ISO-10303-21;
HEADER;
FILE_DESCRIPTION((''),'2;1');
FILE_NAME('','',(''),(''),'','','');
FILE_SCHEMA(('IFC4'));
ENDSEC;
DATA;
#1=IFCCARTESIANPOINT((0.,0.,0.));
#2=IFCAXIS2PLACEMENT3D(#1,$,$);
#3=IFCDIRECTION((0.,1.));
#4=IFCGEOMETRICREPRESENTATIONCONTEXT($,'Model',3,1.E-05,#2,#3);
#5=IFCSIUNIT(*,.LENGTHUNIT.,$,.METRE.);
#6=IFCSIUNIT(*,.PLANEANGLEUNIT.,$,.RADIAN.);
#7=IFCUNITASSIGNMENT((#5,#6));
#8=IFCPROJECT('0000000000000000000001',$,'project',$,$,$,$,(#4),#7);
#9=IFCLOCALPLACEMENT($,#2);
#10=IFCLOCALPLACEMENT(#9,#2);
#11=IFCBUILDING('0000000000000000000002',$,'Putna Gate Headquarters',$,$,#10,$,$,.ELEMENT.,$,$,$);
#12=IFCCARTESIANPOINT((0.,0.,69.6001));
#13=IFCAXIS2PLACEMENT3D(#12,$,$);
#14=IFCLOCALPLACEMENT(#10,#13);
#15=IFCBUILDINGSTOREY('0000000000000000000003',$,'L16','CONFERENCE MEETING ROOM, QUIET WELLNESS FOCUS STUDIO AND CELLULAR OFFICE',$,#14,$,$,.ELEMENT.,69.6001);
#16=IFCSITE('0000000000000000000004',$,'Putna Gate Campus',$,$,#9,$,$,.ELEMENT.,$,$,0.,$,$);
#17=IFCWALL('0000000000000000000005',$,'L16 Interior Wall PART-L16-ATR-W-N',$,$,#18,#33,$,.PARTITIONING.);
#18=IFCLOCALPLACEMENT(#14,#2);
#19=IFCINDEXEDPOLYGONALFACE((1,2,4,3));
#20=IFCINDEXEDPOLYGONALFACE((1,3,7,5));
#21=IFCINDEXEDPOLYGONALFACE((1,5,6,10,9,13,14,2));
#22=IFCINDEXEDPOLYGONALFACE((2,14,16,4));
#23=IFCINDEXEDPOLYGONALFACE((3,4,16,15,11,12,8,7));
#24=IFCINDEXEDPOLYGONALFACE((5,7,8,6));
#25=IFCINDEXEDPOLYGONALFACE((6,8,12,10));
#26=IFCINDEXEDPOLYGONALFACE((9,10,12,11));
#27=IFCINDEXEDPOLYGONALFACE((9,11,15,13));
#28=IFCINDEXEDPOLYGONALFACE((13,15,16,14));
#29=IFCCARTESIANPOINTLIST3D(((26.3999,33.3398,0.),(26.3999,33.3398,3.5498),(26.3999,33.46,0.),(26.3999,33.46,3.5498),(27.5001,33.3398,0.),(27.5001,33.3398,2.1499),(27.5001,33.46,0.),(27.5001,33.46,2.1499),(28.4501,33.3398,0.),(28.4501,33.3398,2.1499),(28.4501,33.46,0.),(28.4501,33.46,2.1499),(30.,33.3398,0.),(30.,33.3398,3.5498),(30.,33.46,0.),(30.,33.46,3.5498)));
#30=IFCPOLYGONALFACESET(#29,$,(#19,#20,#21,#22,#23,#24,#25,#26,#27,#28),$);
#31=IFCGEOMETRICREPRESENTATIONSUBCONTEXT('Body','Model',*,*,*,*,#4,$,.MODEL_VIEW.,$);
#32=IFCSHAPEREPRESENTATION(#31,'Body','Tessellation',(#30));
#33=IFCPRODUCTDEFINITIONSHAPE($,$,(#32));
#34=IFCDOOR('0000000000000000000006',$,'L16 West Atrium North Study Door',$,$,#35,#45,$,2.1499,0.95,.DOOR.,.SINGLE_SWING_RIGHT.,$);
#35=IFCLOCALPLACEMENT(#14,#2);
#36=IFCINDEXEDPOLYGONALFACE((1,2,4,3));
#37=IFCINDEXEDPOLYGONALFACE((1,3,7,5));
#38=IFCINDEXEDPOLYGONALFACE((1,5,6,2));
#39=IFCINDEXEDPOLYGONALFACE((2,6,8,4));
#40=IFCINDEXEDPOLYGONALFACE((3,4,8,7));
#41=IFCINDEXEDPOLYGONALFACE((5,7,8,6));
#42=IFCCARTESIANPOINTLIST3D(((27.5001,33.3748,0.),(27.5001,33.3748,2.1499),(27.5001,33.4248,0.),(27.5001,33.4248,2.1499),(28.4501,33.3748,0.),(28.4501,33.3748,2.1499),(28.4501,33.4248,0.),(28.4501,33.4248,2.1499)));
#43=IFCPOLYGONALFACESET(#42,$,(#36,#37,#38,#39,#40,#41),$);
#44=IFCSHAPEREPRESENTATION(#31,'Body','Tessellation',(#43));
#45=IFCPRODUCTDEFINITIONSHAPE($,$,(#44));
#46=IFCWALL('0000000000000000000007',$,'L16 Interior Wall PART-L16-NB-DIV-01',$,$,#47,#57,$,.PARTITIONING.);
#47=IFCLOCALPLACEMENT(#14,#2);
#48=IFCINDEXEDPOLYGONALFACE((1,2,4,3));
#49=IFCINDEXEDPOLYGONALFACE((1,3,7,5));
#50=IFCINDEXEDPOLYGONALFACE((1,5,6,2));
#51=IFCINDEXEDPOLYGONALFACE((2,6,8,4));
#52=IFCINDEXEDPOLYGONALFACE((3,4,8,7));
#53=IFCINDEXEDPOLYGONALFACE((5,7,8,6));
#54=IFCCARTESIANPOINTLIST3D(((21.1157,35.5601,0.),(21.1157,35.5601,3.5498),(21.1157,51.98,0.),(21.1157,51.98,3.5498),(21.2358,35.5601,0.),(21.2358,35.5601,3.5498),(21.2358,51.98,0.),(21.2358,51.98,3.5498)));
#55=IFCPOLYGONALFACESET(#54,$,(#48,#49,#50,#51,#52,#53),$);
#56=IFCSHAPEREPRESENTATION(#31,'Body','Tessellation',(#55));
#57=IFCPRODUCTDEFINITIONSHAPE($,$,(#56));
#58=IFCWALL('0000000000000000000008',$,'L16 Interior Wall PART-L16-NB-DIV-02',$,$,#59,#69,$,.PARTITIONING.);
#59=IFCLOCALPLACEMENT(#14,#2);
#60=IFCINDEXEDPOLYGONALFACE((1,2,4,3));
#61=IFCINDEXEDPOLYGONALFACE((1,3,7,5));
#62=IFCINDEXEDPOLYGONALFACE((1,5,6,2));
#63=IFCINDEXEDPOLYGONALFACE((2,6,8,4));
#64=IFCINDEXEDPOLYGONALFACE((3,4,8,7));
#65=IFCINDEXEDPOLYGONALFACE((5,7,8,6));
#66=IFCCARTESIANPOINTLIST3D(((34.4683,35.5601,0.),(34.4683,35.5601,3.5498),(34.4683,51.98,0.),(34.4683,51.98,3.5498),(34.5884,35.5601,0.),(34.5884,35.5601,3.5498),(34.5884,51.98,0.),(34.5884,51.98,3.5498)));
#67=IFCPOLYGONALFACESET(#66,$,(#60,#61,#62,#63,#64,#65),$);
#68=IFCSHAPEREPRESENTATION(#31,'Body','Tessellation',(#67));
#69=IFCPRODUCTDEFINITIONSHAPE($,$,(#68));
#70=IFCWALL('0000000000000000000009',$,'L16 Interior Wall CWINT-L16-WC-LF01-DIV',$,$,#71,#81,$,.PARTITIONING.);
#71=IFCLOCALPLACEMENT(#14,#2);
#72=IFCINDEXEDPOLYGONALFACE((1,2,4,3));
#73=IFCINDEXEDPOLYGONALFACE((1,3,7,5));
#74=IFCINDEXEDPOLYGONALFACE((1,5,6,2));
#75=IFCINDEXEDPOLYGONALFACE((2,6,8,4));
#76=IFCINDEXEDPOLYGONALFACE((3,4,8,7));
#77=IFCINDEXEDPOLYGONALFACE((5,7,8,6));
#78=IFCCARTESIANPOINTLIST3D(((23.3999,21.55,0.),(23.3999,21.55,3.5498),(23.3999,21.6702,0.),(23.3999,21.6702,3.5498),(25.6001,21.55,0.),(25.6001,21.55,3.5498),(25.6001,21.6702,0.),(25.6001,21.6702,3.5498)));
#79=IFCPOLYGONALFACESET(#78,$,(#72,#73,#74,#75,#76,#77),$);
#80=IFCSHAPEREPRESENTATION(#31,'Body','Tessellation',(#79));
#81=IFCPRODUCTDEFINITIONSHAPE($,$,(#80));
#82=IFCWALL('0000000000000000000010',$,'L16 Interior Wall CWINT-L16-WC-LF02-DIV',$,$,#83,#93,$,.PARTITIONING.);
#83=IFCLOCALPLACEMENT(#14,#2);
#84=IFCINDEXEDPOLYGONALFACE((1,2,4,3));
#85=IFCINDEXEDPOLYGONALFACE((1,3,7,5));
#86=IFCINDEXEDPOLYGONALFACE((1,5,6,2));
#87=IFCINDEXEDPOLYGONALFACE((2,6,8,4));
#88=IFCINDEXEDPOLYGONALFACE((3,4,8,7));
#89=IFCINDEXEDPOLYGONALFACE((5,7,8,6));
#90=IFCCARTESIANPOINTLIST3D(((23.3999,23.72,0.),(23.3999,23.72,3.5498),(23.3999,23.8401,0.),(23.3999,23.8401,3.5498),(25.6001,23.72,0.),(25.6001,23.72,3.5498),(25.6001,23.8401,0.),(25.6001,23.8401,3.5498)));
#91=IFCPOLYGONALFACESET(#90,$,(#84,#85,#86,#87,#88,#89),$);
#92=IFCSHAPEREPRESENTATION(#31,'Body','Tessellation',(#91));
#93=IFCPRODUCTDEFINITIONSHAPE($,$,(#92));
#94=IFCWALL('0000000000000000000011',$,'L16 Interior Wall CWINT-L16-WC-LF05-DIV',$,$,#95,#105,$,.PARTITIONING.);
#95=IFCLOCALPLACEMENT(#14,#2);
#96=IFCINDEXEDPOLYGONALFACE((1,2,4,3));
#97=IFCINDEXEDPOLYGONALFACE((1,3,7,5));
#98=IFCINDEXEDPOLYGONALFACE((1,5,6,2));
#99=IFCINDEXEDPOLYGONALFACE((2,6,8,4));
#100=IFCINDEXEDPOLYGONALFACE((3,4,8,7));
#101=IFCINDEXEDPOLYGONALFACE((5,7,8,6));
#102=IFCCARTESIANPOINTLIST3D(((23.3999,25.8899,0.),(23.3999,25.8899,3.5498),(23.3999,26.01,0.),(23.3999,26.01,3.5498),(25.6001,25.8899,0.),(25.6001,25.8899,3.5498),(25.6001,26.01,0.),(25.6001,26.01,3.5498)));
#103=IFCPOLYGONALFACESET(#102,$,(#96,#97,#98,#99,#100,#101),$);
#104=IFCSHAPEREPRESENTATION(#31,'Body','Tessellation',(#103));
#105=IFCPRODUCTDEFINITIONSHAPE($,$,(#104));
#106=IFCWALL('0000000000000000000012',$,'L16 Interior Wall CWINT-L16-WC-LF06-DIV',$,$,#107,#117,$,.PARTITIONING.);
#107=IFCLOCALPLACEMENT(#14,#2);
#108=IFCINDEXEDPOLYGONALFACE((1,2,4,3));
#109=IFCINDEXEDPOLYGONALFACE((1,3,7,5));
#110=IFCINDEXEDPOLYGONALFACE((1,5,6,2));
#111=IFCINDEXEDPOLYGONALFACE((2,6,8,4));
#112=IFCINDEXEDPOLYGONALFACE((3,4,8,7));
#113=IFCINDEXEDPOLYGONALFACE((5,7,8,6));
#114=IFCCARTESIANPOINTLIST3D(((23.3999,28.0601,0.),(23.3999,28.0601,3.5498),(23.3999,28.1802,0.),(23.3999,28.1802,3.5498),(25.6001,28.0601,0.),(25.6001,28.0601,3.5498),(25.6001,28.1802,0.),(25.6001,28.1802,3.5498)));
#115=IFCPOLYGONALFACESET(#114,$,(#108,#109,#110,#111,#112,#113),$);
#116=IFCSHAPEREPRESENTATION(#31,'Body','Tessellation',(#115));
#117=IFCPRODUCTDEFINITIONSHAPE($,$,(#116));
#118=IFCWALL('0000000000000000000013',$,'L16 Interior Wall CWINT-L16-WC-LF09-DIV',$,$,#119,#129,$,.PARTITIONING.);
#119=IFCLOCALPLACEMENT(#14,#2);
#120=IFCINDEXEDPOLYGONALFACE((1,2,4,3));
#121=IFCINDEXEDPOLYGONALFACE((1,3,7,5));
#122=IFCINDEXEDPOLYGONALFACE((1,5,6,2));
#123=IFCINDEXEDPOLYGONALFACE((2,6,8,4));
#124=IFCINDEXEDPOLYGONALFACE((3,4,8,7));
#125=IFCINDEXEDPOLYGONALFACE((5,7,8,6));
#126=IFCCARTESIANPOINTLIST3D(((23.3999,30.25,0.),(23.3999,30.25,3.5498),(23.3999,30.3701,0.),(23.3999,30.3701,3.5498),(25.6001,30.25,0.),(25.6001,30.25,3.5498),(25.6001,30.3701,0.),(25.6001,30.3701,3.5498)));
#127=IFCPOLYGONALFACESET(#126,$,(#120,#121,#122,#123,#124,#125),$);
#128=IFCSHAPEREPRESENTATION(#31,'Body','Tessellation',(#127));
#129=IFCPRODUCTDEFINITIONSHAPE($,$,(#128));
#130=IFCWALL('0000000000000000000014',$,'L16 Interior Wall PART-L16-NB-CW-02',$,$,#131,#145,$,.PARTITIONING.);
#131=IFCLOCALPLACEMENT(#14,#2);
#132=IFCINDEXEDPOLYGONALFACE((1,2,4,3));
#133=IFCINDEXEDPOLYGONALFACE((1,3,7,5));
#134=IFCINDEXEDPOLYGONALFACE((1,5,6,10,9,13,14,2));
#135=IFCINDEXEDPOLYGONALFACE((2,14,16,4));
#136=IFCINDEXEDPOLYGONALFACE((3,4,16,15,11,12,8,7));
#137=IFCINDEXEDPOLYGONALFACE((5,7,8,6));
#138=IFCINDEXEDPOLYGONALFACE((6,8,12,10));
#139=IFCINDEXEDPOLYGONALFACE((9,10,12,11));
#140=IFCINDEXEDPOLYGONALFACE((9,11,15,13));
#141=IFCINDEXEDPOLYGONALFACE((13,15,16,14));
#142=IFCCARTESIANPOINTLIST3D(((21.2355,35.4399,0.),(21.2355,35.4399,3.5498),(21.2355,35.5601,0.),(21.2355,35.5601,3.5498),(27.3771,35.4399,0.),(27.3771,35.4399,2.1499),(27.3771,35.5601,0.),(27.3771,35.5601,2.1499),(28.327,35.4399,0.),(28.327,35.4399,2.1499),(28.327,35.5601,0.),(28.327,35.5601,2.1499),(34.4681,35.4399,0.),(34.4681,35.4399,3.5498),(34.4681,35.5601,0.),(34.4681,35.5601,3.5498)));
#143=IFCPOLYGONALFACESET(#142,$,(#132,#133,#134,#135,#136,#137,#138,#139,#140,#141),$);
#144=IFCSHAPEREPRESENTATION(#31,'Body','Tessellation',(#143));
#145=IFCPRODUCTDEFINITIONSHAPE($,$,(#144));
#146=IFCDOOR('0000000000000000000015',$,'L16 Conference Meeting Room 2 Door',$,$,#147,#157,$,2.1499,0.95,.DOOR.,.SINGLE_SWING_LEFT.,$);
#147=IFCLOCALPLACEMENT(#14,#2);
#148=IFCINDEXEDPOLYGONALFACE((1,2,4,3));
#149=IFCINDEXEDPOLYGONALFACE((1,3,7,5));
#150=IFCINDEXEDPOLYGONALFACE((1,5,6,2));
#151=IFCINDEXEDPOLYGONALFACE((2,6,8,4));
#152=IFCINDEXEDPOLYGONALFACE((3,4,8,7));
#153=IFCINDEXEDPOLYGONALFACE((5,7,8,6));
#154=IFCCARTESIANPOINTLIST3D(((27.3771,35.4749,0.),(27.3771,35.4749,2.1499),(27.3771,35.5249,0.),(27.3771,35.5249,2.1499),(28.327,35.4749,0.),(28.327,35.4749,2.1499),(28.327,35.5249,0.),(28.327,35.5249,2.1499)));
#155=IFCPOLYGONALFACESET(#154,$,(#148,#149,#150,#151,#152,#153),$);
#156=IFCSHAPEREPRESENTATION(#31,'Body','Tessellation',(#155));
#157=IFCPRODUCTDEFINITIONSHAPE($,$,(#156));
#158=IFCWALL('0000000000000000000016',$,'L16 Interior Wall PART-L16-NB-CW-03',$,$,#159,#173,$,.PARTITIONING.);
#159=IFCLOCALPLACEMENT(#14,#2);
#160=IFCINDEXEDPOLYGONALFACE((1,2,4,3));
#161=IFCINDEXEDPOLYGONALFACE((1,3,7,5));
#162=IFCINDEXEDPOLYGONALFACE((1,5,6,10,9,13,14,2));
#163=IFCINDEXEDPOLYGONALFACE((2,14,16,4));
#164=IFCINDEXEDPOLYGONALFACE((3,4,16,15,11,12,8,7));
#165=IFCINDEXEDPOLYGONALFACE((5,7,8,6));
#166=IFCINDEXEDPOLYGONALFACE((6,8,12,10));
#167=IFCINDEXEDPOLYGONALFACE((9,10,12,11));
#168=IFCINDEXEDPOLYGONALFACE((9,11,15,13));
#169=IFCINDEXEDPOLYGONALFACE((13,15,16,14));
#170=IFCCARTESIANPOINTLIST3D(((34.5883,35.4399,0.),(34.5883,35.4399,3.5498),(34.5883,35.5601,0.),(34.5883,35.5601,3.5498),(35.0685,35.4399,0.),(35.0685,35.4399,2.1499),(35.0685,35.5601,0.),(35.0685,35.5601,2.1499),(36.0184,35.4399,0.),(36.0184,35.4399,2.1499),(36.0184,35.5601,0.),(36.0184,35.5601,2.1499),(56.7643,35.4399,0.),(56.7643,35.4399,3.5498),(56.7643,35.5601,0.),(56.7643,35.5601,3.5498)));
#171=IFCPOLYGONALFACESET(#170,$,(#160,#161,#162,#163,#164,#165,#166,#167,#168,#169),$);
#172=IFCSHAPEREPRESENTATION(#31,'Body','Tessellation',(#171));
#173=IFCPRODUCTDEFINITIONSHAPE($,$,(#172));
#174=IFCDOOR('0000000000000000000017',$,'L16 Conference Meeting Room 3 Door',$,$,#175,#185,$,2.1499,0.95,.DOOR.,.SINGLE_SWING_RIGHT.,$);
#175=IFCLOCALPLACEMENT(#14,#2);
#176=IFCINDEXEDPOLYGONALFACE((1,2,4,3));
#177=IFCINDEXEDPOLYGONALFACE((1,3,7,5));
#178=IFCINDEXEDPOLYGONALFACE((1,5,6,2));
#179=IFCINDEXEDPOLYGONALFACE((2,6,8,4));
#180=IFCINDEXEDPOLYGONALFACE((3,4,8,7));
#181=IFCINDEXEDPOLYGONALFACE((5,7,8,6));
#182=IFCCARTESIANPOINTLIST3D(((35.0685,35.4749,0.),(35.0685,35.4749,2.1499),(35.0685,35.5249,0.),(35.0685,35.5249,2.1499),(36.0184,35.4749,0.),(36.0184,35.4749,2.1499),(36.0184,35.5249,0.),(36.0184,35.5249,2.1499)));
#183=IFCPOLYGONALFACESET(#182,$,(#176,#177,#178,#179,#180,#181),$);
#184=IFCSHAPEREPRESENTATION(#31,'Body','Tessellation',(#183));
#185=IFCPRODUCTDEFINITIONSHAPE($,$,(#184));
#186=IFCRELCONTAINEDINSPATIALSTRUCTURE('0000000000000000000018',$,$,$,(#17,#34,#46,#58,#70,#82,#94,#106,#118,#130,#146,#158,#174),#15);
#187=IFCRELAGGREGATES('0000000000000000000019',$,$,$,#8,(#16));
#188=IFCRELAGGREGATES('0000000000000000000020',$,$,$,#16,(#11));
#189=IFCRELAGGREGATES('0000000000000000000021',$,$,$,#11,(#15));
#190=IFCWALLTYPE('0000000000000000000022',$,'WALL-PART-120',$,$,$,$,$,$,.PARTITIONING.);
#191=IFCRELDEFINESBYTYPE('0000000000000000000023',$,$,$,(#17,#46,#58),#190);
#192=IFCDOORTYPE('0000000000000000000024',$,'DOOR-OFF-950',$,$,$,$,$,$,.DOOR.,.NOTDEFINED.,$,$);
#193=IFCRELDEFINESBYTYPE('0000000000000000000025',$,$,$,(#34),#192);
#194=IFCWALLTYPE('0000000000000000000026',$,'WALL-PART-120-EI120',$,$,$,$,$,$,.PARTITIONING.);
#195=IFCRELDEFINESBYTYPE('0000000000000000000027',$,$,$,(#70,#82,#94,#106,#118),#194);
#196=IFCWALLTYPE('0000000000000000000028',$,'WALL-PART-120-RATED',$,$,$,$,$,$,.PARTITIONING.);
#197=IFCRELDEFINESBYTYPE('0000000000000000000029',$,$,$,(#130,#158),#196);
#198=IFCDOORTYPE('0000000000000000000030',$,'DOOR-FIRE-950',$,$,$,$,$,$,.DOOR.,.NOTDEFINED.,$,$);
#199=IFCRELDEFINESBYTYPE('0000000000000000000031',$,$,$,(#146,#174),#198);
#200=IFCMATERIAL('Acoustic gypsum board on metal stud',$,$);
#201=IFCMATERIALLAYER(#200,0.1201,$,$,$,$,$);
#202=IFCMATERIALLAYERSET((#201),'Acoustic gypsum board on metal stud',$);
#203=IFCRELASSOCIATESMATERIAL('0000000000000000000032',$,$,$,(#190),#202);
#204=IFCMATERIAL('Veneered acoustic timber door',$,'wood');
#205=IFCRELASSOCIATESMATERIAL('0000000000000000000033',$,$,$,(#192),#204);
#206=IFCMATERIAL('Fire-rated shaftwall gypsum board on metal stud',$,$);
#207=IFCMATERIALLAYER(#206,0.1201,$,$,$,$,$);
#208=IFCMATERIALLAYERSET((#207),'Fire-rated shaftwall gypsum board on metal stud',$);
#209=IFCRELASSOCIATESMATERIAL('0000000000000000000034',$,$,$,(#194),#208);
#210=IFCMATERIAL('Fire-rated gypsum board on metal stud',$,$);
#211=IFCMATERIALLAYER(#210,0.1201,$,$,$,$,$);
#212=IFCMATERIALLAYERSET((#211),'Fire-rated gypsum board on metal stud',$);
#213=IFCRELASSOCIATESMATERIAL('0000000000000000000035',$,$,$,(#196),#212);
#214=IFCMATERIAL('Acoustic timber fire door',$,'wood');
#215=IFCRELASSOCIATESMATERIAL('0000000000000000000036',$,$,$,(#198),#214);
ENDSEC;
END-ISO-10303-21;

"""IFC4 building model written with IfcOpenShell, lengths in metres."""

from ifc_helpers import new_model, si_unit, direction, frame, frame_2d, origin, place, context, subcontext, project, spatial, rectangle, extrude, material, layer, layer_set, type_object, element, fill, save


model = new_model("IFC4")

# Units and contexts
model_context = context("Model", 3, precision=1e-05, world=origin(), true_north=direction((0.0, 1.0)))
body_context = subcontext(model_context, "Body", "Model", "MODEL_VIEW")
ifc_project = project(units=[si_unit("LENGTHUNIT", "METRE"), si_unit("PLANEANGLEUNIT", "RADIAN")], contexts=[model_context])

# Site, building, storey
site_placement = place(None, origin())
site = spatial("IfcSite", under=ifc_project, at=site_placement, Name="Putna Gate Campus", CompositionType="ELEMENT", RefElevation=0.0)
building_placement = place(site_placement, origin())
building = spatial("IfcBuilding", under=site, at=building_placement, Name="Putna Gate Headquarters", CompositionType="ELEMENT")
storey_placement = place(building_placement, frame((0.0, 0.0, 69.6001)))
storey = spatial("IfcBuildingStorey", under=building, at=storey_placement, Name="L16", Description="CONFERENCE MEETING ROOM, QUIET WELLNESS FOCUS STUDIO AND CELLULAR OFFICE", CompositionType="ELEMENT", Elevation=69.6001)

# Shared definitions
ifc_material_1 = material(Name="Acoustic gypsum board on metal stud")
ifc_layer_1 = layer(ifc_material_1, 0.1201)
ifc_layer_set_1 = layer_set([ifc_layer_1], Name="Acoustic gypsum board on metal stud")
wall_type_1 = type_object("IfcWallType", Name="WALL-PART-120", PredefinedType="PARTITIONING", material=ifc_layer_set_1)

# Wall, opening, door
wall_1_placement = place(storey_placement, frame((26.3999, 33.3999, 0.0), z_axis=(0.0, 0.0, 1.0), x_axis=(1.0, 0.0, 0.0)))
wall_1 = element("IfcWall", 1, at=wall_1_placement, inside=storey, type_object=wall_type_1, Name="L16 Interior Wall PART-L16-ATR-W-N", PredefinedType="PARTITIONING", context=body_context, shape_type="SweptSolid", body=[
    extrude(rectangle(XDim=3.6001, YDim=0.1201, at=frame_2d((1.8, 0.0))), origin(), (0.0, 0.0, 1.0), 3.5498),
])
opening_1_placement = place(wall_1_placement, frame((1.1001, 0.0, 0.0)))
opening_1 = element("IfcOpeningElement", 2, at=opening_1_placement, cuts=wall_1, PredefinedType="OPENING", context=body_context, shape_type="SweptSolid", body=[
    extrude(rectangle(XDim=0.95, YDim=2.1499, at=frame_2d((0.4751, 1.075))), frame((0.0, 0.0701, 0.0), z_axis=(0.0, -1.0, 0.0), x_axis=(1.0, 0.0, 0.0)), (0.0, 0.0, 1.0), 0.1401),
])
ifc_material_2 = material(Name="Veneered acoustic timber door", Category="wood")
door_type_1 = type_object("IfcDoorType", Name="DOOR-OFF-950", OperationType="NOTDEFINED", PredefinedType="DOOR", material=ifc_material_2)
door_1_placement = place(opening_1_placement, origin())
door_1 = element("IfcDoor", 3, at=door_1_placement, inside=storey, type_object=door_type_1, Name="L16 West Atrium North Study Door", OperationType="SINGLE_SWING_RIGHT", OverallHeight=2.1499, OverallWidth=0.95, PredefinedType="DOOR", context=body_context, shape_type="SweptSolid", body=[
    extrude(rectangle(XDim=0.95, YDim=2.1499, at=frame_2d((0.4751, 1.075))), frame((0.0, 0.0249, 0.0), z_axis=(0.0, -1.0, 0.0), x_axis=(1.0, 0.0, 0.0)), (0.0, 0.0, 1.0), 0.05),
])
fill(opening_1, door_1)

# Walls
for number, where, z_axis, x_axis, name in (
    (4, (21.1758, 35.5601, 0.0), (0.0, 0.0, 1.0), (0.0, 1.0, 0.0), "L16 Interior Wall PART-L16-NB-DIV-01"),
    (5, (34.5283, 35.5601, 0.0), (0.0, 0.0, 1.0), (0.0, 1.0, 0.0), "L16 Interior Wall PART-L16-NB-DIV-02"),
):
    element("IfcWall", number, at=place(storey_placement, frame(where, z_axis=z_axis, x_axis=x_axis)), inside=storey, type_object=wall_type_1, Name=name, PredefinedType="PARTITIONING", context=body_context, shape_type="SweptSolid", body=[
        extrude(rectangle(XDim=16.4199, YDim=0.1201, at=frame_2d((8.21, 0.0))), origin(), (0.0, 0.0, 1.0), 3.5498),
    ])
ifc_material_3 = material(Name="Fire-rated shaftwall gypsum board on metal stud")
ifc_layer_2 = layer(ifc_material_3, 0.1201)
ifc_layer_set_2 = layer_set([ifc_layer_2], Name="Fire-rated shaftwall gypsum board on metal stud")
wall_type_2 = type_object("IfcWallType", Name="WALL-PART-120-EI120", PredefinedType="PARTITIONING", material=ifc_layer_set_2)
for number, where, z_axis, x_axis, name in (
    (6, (23.3999, 21.6101, 0.0), (0.0, 0.0, 1.0), (1.0, 0.0, 0.0), "L16 Interior Wall CWINT-L16-WC-LF01-DIV"),
    (7, (23.3999, 23.78, 0.0), (0.0, 0.0, 1.0), (1.0, 0.0, 0.0), "L16 Interior Wall CWINT-L16-WC-LF02-DIV"),
    (8, (23.3999, 25.95, 0.0), (0.0, 0.0, 1.0), (1.0, 0.0, 0.0), "L16 Interior Wall CWINT-L16-WC-LF05-DIV"),
    (9, (23.3999, 28.1201, 0.0), (0.0, 0.0, 1.0), (1.0, 0.0, 0.0), "L16 Interior Wall CWINT-L16-WC-LF06-DIV"),
    (10, (23.3999, 30.3101, 0.0), (0.0, 0.0, 1.0), (1.0, 0.0, 0.0), "L16 Interior Wall CWINT-L16-WC-LF09-DIV"),
):
    element("IfcWall", number, at=place(storey_placement, frame(where, z_axis=z_axis, x_axis=x_axis)), inside=storey, type_object=wall_type_2, Name=name, PredefinedType="PARTITIONING", context=body_context, shape_type="SweptSolid", body=[
        extrude(rectangle(XDim=2.2002, YDim=0.1201, at=frame_2d((1.1001, 0.0))), origin(), (0.0, 0.0, 1.0), 3.5498),
    ])

# Walls, openings, doors
ifc_material_4 = material(Name="Fire-rated gypsum board on metal stud")
ifc_layer_3 = layer(ifc_material_4, 0.1201)
ifc_layer_set_3 = layer_set([ifc_layer_3], Name="Fire-rated gypsum board on metal stud")
wall_type_3 = type_object("IfcWallType", Name="WALL-PART-120-RATED", PredefinedType="PARTITIONING", material=ifc_layer_set_3)
wall_2_placement = place(storey_placement, frame((21.2356, 35.5, 0.0), z_axis=(0.0, 0.0, 1.0), x_axis=(1.0, 0.0, 0.0)))
wall_2 = element("IfcWall", 11, at=wall_2_placement, inside=storey, type_object=wall_type_3, Name="L16 Interior Wall PART-L16-NB-CW-02", PredefinedType="PARTITIONING", context=body_context, shape_type="SweptSolid", body=[
    extrude(rectangle(XDim=13.2327, YDim=0.1201, at=frame_2d((6.6162, 0.0))), origin(), (0.0, 0.0, 1.0), 3.5498),
])
opening_2_placement = place(wall_2_placement, frame((6.1414, 0.0, 0.0)))
opening_2 = element("IfcOpeningElement", 12, at=opening_2_placement, cuts=wall_2, PredefinedType="OPENING", context=body_context, shape_type="SweptSolid", body=[
    extrude(rectangle(XDim=0.95, YDim=2.1499, at=frame_2d((0.4751, 1.075))), frame((0.0, 0.0701, 0.0), z_axis=(0.0, -1.0, 0.0), x_axis=(1.0, 0.0, 0.0)), (0.0, 0.0, 1.0), 0.1401),
])
ifc_material_5 = material(Name="Acoustic timber fire door", Category="wood")
door_type_2 = type_object("IfcDoorType", Name="DOOR-FIRE-950", OperationType="NOTDEFINED", PredefinedType="DOOR", material=ifc_material_5)
door_2_placement = place(opening_2_placement, origin())
door_2 = element("IfcDoor", 13, at=door_2_placement, inside=storey, type_object=door_type_2, Name="L16 Conference Meeting Room 2 Door", OperationType="SINGLE_SWING_LEFT", OverallHeight=2.1499, OverallWidth=0.95, PredefinedType="DOOR", context=body_context, shape_type="SweptSolid", body=[
    extrude(rectangle(XDim=0.95, YDim=2.1499, at=frame_2d((0.4751, 1.075))), frame((0.0, 0.0249, 0.0), z_axis=(0.0, -1.0, 0.0), x_axis=(1.0, 0.0, 0.0)), (0.0, 0.0, 1.0), 0.05),
])
fill(opening_2, door_2)
wall_3_placement = place(storey_placement, frame((34.5884, 35.5, 0.0), z_axis=(0.0, 0.0, 1.0), x_axis=(1.0, 0.0, 0.0)))
wall_3 = element("IfcWall", 14, at=wall_3_placement, inside=storey, type_object=wall_type_3, Name="L16 Interior Wall PART-L16-NB-CW-03", PredefinedType="PARTITIONING", context=body_context, shape_type="SweptSolid", body=[
    extrude(rectangle(XDim=22.176, YDim=0.1201, at=frame_2d((11.0879, 0.0))), origin(), (0.0, 0.0, 1.0), 3.5498),
])
opening_3_placement = place(wall_3_placement, frame((0.48, 0.0, 0.0)))
opening_3 = element("IfcOpeningElement", 15, at=opening_3_placement, cuts=wall_3, PredefinedType="OPENING", context=body_context, shape_type="SweptSolid", body=[
    extrude(rectangle(XDim=0.95, YDim=2.1499, at=frame_2d((0.4751, 1.075))), frame((0.0, 0.0701, 0.0), z_axis=(0.0, -1.0, 0.0), x_axis=(1.0, 0.0, 0.0)), (0.0, 0.0, 1.0), 0.1401),
])
door_3_placement = place(opening_3_placement, origin())
door_3 = element("IfcDoor", 16, at=door_3_placement, inside=storey, type_object=door_type_2, Name="L16 Conference Meeting Room 3 Door", OperationType="SINGLE_SWING_RIGHT", OverallHeight=2.1499, OverallWidth=0.95, PredefinedType="DOOR", context=body_context, shape_type="SweptSolid", body=[
    extrude(rectangle(XDim=0.95, YDim=2.1499, at=frame_2d((0.4751, 1.075))), frame((0.0, 0.0249, 0.0), z_axis=(0.0, -1.0, 0.0), x_axis=(1.0, 0.0, 0.0)), (0.0, 0.0, 1.0), 0.05),
])
fill(opening_3, door_3)

save(model, "model.ifc")
